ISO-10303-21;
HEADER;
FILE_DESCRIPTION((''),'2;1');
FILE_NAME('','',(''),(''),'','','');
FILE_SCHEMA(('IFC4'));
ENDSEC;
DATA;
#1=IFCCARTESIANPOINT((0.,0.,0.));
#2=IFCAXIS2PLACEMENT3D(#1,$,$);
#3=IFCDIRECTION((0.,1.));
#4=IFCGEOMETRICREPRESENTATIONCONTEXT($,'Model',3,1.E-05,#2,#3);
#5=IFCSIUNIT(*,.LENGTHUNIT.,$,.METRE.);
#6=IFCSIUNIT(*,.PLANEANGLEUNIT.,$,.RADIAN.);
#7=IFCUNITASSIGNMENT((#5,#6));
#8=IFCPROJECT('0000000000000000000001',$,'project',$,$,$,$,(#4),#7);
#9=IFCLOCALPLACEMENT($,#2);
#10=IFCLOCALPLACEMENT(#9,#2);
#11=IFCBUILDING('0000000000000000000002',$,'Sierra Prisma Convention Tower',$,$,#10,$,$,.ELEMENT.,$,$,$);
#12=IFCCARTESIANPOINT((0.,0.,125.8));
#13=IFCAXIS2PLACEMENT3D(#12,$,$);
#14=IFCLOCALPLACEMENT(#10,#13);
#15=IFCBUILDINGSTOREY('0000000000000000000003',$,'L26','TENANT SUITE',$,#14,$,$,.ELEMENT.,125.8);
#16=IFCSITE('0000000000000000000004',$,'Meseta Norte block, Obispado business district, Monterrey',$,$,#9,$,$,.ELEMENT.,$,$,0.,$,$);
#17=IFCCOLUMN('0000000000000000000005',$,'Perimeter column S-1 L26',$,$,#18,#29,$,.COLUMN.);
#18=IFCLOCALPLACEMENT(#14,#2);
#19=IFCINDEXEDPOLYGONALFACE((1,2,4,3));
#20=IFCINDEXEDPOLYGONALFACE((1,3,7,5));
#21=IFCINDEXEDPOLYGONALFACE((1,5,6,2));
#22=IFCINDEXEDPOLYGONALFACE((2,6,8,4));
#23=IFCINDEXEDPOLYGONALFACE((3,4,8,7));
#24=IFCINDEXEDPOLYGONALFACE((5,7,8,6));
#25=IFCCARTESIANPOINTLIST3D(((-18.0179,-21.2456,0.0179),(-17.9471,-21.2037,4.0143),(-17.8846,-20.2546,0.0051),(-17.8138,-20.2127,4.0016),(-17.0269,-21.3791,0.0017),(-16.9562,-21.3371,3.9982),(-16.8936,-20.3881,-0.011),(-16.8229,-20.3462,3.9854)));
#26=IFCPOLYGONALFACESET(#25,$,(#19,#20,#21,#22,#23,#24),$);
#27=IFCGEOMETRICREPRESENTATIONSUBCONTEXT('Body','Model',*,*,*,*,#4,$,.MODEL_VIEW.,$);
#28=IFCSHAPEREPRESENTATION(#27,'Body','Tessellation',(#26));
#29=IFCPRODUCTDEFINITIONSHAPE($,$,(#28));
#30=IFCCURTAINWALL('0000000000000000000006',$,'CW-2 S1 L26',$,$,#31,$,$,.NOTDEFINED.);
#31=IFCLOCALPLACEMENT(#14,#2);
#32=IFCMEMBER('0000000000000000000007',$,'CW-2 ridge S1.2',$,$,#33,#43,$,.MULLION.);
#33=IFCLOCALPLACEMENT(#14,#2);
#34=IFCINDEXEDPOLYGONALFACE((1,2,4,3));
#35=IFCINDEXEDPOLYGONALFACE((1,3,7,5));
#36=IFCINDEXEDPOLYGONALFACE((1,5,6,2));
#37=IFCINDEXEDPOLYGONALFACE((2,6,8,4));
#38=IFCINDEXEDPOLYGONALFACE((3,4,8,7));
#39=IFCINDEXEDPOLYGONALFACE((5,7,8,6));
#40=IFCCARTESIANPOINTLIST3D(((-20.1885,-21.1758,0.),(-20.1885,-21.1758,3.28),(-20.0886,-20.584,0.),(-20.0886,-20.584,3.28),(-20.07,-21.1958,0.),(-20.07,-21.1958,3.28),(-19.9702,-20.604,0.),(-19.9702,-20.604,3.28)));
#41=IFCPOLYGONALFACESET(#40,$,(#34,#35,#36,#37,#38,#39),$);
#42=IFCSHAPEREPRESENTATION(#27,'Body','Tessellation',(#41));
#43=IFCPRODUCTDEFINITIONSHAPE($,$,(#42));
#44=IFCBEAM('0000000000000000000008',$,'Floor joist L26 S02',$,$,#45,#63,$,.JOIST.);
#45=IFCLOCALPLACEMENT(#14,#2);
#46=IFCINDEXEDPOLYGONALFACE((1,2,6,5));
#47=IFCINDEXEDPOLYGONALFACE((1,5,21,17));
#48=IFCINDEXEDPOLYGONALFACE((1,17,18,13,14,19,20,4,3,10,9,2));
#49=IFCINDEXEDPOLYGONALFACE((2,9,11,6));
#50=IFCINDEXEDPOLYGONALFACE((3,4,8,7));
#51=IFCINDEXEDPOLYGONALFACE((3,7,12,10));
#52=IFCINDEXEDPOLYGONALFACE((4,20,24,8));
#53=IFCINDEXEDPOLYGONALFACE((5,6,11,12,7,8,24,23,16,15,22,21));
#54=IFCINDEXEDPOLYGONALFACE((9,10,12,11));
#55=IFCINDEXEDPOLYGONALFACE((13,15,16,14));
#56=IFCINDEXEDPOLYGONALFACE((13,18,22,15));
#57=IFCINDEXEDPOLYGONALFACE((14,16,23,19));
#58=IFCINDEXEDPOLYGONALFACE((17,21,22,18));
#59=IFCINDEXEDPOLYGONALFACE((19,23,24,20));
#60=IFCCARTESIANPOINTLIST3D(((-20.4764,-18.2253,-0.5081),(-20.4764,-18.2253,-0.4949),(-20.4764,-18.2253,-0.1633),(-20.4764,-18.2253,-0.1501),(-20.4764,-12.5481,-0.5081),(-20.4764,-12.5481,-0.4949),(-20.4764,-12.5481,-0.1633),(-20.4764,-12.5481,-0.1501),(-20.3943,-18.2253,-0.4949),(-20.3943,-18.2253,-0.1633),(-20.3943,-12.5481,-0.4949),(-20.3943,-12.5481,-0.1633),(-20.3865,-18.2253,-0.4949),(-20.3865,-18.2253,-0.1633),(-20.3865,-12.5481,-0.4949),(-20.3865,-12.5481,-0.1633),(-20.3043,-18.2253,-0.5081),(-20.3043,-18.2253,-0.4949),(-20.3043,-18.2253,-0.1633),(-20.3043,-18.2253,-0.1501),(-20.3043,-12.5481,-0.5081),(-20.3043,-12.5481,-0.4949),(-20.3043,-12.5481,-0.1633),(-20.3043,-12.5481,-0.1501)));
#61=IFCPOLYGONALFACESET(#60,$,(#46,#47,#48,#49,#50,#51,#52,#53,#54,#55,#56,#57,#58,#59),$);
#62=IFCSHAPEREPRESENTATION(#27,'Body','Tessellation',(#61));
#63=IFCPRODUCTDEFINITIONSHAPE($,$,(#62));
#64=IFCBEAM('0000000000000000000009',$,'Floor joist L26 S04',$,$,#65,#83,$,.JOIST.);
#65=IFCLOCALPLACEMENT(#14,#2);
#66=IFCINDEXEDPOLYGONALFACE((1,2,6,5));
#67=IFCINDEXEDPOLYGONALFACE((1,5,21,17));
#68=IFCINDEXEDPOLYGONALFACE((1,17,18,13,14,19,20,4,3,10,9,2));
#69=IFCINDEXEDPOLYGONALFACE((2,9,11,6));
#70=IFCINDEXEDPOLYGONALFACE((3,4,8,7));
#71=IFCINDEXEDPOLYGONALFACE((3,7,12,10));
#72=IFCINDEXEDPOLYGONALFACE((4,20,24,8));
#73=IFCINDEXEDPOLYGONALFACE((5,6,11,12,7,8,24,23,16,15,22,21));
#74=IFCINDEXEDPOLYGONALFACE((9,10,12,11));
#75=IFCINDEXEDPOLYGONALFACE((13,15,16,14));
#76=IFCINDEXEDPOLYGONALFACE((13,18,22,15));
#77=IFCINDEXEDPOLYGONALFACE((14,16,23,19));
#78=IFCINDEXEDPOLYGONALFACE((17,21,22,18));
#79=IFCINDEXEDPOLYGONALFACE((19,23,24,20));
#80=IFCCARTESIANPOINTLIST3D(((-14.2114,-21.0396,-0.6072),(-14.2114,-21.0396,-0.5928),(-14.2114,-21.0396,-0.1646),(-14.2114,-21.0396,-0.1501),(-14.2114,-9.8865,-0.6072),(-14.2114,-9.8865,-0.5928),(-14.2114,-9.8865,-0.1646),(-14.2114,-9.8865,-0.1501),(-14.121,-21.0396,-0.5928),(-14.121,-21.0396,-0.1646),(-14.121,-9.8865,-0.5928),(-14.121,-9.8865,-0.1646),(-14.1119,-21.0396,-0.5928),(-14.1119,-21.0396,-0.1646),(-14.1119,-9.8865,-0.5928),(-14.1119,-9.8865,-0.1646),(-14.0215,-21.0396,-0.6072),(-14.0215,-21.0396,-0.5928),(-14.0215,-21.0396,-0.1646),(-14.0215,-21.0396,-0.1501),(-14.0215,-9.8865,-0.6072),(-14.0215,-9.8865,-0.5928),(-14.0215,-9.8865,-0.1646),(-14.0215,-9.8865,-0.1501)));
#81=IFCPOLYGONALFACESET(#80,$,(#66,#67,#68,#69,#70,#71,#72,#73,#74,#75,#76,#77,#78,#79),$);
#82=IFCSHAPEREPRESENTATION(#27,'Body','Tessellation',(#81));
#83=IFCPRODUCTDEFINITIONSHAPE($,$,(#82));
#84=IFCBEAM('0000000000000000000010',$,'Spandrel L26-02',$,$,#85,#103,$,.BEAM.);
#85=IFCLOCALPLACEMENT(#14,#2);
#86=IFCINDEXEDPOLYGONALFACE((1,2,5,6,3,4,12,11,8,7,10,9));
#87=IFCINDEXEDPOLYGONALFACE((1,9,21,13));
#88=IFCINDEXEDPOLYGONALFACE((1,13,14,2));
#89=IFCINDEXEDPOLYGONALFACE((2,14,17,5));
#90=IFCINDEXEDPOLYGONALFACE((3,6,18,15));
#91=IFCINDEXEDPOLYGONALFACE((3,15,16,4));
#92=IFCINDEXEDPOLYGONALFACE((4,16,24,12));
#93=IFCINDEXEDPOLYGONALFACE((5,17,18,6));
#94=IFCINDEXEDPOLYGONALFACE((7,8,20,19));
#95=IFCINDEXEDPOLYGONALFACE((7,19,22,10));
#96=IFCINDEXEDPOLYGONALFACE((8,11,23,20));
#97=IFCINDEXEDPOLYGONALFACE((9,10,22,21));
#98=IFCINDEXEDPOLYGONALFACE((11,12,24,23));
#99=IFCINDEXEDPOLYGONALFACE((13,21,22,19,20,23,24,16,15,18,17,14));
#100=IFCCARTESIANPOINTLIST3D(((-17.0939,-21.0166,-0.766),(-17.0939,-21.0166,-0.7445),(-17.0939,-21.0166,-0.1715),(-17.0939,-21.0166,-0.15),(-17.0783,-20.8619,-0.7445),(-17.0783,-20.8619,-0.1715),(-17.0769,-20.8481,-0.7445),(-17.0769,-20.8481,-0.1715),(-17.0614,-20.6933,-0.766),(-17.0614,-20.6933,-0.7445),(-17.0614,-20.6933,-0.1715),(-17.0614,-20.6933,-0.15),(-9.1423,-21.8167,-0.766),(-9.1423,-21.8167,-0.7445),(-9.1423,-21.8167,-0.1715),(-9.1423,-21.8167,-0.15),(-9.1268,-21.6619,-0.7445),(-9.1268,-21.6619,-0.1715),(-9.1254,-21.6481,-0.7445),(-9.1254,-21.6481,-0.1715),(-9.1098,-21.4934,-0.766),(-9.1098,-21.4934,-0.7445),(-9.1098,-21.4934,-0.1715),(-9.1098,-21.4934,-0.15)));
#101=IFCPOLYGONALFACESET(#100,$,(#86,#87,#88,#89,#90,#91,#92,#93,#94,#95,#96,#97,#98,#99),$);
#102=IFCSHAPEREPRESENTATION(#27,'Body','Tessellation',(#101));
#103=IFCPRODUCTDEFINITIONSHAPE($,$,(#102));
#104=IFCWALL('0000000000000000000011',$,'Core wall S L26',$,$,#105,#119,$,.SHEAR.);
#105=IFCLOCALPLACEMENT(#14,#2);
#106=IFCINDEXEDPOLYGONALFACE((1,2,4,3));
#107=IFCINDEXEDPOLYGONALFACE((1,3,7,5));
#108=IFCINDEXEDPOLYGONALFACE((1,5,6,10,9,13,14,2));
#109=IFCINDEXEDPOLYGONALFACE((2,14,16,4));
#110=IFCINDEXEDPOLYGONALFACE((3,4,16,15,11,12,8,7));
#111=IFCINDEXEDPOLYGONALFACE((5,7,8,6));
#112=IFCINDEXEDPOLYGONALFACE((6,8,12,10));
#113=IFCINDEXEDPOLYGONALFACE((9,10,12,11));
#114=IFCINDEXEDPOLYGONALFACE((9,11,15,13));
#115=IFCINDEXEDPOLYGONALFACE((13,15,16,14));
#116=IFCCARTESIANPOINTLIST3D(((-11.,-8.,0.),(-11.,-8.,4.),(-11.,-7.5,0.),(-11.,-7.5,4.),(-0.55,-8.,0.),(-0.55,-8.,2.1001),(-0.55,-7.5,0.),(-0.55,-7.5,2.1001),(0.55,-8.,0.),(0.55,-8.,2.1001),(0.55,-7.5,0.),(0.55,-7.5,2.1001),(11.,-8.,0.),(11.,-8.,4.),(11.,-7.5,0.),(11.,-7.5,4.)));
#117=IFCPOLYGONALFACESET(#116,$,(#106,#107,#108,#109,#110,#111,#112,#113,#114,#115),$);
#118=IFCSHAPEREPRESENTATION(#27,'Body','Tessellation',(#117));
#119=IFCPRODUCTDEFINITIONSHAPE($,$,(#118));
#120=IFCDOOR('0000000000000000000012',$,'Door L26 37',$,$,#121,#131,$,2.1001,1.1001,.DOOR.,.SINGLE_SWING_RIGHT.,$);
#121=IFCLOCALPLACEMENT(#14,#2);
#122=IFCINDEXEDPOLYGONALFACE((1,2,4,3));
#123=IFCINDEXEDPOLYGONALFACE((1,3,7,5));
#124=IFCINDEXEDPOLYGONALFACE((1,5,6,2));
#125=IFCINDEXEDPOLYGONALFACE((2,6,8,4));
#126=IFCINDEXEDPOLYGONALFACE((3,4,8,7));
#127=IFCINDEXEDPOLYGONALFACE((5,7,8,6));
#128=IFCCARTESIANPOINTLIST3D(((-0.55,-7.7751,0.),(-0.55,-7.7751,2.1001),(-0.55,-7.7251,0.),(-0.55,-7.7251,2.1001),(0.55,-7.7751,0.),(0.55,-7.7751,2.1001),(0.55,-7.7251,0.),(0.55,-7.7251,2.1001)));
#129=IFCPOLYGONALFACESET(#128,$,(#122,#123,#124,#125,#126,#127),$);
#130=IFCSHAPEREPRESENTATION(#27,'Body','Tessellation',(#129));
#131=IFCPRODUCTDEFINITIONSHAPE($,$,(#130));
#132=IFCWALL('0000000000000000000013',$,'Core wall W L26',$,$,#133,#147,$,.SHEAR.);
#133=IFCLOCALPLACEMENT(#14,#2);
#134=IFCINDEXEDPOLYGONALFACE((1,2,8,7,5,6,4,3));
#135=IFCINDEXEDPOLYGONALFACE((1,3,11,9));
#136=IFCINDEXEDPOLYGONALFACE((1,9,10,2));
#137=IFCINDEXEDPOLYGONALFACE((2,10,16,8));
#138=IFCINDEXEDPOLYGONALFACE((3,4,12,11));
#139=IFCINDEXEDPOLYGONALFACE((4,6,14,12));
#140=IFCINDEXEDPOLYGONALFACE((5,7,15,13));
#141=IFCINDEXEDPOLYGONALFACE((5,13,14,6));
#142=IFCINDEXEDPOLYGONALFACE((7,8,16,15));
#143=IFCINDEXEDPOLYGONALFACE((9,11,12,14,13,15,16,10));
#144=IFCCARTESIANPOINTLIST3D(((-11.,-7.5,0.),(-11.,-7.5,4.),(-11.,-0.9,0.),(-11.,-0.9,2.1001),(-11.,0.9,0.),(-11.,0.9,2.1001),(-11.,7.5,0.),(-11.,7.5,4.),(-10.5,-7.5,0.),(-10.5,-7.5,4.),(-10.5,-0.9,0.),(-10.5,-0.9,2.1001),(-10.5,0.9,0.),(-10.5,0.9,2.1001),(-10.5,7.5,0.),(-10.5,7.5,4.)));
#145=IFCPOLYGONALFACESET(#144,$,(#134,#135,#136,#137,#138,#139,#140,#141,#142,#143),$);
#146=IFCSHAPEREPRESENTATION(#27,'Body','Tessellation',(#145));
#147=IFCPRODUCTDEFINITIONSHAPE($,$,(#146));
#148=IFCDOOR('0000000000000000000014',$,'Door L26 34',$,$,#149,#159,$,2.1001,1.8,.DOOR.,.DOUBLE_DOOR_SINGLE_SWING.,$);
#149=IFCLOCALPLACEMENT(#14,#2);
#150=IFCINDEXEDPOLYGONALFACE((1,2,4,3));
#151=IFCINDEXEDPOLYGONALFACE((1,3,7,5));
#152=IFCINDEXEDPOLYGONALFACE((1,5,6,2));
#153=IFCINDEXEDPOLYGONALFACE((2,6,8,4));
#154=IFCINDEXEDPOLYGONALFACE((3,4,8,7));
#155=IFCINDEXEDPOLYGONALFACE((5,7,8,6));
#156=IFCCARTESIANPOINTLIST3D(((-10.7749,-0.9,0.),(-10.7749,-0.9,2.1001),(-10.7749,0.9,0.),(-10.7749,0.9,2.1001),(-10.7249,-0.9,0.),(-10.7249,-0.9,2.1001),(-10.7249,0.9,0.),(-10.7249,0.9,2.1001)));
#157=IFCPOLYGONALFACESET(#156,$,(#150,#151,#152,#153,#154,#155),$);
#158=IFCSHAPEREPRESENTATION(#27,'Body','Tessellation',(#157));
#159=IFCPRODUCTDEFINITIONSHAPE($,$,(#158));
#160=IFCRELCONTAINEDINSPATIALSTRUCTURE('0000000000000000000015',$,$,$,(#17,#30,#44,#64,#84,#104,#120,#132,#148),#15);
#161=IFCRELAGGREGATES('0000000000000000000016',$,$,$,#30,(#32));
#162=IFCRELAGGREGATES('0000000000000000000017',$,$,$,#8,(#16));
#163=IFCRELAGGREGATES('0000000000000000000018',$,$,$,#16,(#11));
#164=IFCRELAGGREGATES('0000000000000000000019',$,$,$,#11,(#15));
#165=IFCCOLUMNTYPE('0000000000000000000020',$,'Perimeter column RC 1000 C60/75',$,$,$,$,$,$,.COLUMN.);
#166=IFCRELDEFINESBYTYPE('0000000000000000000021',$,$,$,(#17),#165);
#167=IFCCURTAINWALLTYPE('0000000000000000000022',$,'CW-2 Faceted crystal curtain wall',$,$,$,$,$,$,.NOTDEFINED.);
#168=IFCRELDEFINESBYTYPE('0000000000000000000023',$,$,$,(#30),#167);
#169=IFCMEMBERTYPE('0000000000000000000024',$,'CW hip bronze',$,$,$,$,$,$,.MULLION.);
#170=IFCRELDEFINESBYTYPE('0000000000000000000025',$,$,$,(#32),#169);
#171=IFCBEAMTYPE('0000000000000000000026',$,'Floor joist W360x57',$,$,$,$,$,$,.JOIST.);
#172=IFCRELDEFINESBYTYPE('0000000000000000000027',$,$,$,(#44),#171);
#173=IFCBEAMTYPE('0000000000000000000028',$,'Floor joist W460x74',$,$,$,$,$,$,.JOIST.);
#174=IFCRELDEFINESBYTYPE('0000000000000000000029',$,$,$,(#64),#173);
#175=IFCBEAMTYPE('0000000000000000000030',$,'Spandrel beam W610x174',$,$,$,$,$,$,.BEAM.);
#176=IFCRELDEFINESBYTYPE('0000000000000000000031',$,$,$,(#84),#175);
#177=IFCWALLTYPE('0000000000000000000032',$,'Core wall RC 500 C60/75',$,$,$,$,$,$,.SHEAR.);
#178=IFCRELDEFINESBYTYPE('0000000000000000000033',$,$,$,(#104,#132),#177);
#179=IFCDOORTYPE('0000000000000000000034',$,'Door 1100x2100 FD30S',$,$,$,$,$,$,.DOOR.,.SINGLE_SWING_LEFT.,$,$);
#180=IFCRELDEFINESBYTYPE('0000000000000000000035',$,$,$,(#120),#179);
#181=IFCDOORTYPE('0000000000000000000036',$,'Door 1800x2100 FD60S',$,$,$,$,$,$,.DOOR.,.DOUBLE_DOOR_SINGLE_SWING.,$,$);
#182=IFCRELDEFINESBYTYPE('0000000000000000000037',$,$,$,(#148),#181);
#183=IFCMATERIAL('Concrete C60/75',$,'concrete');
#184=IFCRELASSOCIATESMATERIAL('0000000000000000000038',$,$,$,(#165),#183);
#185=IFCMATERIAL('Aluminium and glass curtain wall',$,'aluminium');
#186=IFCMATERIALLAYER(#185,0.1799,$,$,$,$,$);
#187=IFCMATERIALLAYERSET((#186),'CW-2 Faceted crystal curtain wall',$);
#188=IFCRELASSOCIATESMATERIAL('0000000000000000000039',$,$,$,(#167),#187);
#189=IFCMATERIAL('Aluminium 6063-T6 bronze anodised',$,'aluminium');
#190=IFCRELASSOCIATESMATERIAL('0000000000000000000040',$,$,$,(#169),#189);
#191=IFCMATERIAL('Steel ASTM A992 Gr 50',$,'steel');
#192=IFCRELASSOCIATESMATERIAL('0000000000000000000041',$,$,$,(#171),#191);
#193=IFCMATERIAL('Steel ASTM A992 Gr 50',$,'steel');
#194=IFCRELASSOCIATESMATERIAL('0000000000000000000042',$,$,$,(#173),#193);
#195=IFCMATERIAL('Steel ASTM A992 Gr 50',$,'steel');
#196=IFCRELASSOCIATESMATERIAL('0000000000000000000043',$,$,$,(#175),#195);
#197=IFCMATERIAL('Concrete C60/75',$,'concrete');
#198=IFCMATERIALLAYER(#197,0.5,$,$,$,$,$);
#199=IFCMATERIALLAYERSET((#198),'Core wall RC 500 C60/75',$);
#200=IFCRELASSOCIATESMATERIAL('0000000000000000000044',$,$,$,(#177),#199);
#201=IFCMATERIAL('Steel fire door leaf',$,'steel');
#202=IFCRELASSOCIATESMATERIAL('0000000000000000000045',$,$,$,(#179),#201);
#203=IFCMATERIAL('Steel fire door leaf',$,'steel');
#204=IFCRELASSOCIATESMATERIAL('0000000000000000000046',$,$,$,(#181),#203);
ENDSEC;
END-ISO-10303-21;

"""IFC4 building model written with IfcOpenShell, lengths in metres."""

from ifc_helpers import new_model, si_unit, direction, frame, frame_2d, origin, origin_2d, place, context, subcontext, project, spatial, rectangle, i_section, extrude, clip, halfspace, material, layer, layer_set, material_profile, profile_set, type_object, element, fill, aggregate, save


model = new_model("IFC4")

# Units and contexts
model_context = context("Model", 3, precision=1e-05, world=origin(), true_north=direction((0.0, 1.0)))
body_context = subcontext(model_context, "Body", "Model", "MODEL_VIEW")
ifc_project = project(units=[si_unit("LENGTHUNIT", "METRE"), si_unit("PLANEANGLEUNIT", "RADIAN")], contexts=[model_context])

# Site, building, storey
site_placement = place(None, origin())
site = spatial("IfcSite", under=ifc_project, at=site_placement, Name="Meseta Norte block, Obispado business district, Monterrey", CompositionType="ELEMENT", RefElevation=0.0)
building_placement = place(site_placement, origin())
building = spatial("IfcBuilding", under=site, at=building_placement, Name="Sierra Prisma Convention Tower", CompositionType="ELEMENT")
storey_placement = place(building_placement, frame((0.0, 0.0, 125.8)))
storey = spatial("IfcBuildingStorey", under=building, at=storey_placement, Name="L26", Description="TENANT SUITE", CompositionType="ELEMENT", Elevation=125.8)

# Column
ifc_material_1 = material(Name="Concrete C60/75", Category="concrete")
ifc_material_profile_1 = material_profile(ifc_material_1, rectangle(XDim=1.0, YDim=1.0, at=origin_2d()), Name="Perimeter column RC 1000 C60/75")
ifc_profile_set_1 = profile_set([ifc_material_profile_1], Name="Concrete C60/75")
column_type = type_object("IfcColumnType", Name="Perimeter column RC 1000 C60/75", PredefinedType="COLUMN", material=ifc_profile_set_1)
column_placement = place(storey_placement, frame((-17.4558, -20.8169, 0.0), z_axis=(0.017696, 0.010496, 0.999788), x_axis=(-0.990918, 0.133494, 0.016138)))
element("IfcColumn", 1, at=column_placement, inside=storey, type_object=column_type, Name="Perimeter column S-1 L26", PredefinedType="COLUMN", context=body_context, shape_type="SweptSolid", body=[
    clip(extrude(rectangle(XDim=1.0, YDim=1.0, at=origin_2d()), origin(), (0.0, 0.0, 1.0), 4.0007), halfspace(frame((0.0, 0.0, 0.0034)), True)),
])

# Curtain wall, member
ifc_material_2 = material(Name="Aluminium and glass curtain wall", Category="aluminium")
ifc_layer_1 = layer(ifc_material_2, 0.1799)
ifc_layer_set_1 = layer_set([ifc_layer_1], Name="CW-2 Faceted crystal curtain wall")
curtain_wall_type = type_object("IfcCurtainWallType", Name="CW-2 Faceted crystal curtain wall", PredefinedType="NOTDEFINED", material=ifc_layer_set_1)
curtain_wall_placement = place(storey_placement, origin())
curtain_wall = element("IfcCurtainWall", 2, at=curtain_wall_placement, inside=storey, type_object=curtain_wall_type, Name="CW-2 S1 L26", PredefinedType="NOTDEFINED")
ifc_material_3 = material(Name="Aluminium 6063-T6 bronze anodised", Category="aluminium")
ifc_material_profile_2 = material_profile(ifc_material_3, rectangle(XDim=0.1201, YDim=0.6001, at=origin_2d()), Name="ALU RIDGE BLADE 120x600")
ifc_profile_set_2 = profile_set([ifc_material_profile_2], Name="Aluminium 6063-T6 bronze anodised")
member_type = type_object("IfcMemberType", Name="CW hip bronze", PredefinedType="MULLION", material=ifc_profile_set_2)
member_placement = place(storey_placement, frame((-20.0793, -20.8899, 0.0), z_axis=(0.0, 0.0, 1.0), x_axis=(0.986064, -0.166366, 0.0)))
member = element("IfcMember", 3, at=member_placement, type_object=member_type, Name="CW-2 ridge S1.2", PredefinedType="MULLION", context=body_context, shape_type="SweptSolid", body=[
    extrude(rectangle(XDim=0.1201, YDim=0.6001, at=origin_2d()), origin(), (0.0, 0.0, 1.0), 3.28),
])
aggregate(curtain_wall, [member])

# Beams
ifc_material_4 = material(Name="Steel ASTM A992 Gr 50", Category="steel")
ifc_material_profile_3 = material_profile(ifc_material_4, i_section(OverallWidth=0.1721, OverallDepth=0.3579, WebThickness=0.0078, FlangeThickness=0.0132, at=origin_2d()), Name="W360x57")
ifc_profile_set_3 = profile_set([ifc_material_profile_3], Name="Steel ASTM A992 Gr 50")
beam_type_1 = type_object("IfcBeamType", Name="Floor joist W360x57", PredefinedType="JOIST", material=ifc_profile_set_3)
beam_1_placement = place(storey_placement, frame((-20.3904, -18.2253, -0.3291), z_axis=(0.0, 1.0, 0.0), x_axis=(-1.0, 0.0, 0.0)))
element("IfcBeam", 4, at=beam_1_placement, inside=storey, type_object=beam_type_1, Name="Floor joist L26 S02", PredefinedType="JOIST", context=body_context, shape_type="SweptSolid", body=[
    extrude(i_section(OverallWidth=0.1721, OverallDepth=0.3579, WebThickness=0.0078, FlangeThickness=0.0132, at=origin_2d()), origin(), (0.0, 0.0, 1.0), 5.6772),
])
ifc_material_5 = material(Name="Steel ASTM A992 Gr 50", Category="steel")
ifc_material_profile_4 = material_profile(ifc_material_5, i_section(OverallWidth=0.1899, OverallDepth=0.457, WebThickness=0.009, FlangeThickness=0.0144, at=origin_2d()), Name="W460x74")
ifc_profile_set_4 = profile_set([ifc_material_profile_4], Name="Steel ASTM A992 Gr 50")
beam_type_2 = type_object("IfcBeamType", Name="Floor joist W460x74", PredefinedType="JOIST", material=ifc_profile_set_4)
beam_2_placement = place(storey_placement, frame((-14.1165, -21.0396, -0.3787), z_axis=(0.0, 1.0, 0.0), x_axis=(-1.0, 0.0, 0.0)))
element("IfcBeam", 5, at=beam_2_placement, inside=storey, type_object=beam_type_2, Name="Floor joist L26 S04", PredefinedType="JOIST", context=body_context, shape_type="SweptSolid", body=[
    extrude(i_section(OverallWidth=0.1899, OverallDepth=0.457, WebThickness=0.009, FlangeThickness=0.0144, at=origin_2d()), origin(), (0.0, 0.0, 1.0), 11.1531),
])
ifc_material_6 = material(Name="Steel ASTM A992 Gr 50", Category="steel")
ifc_material_profile_5 = material_profile(ifc_material_6, i_section(OverallWidth=0.325, OverallDepth=0.616, WebThickness=0.0139, FlangeThickness=0.0215, at=origin_2d()), Name="W610x174")
ifc_profile_set_5 = profile_set([ifc_material_profile_5], Name="Steel ASTM A992 Gr 50")
beam_type_3 = type_object("IfcBeamType", Name="Spandrel beam W610x174", PredefinedType="BEAM", material=ifc_profile_set_5)
beam_3_placement = place(storey_placement, frame((-17.0776, -20.855, -0.458), z_axis=(0.994977, -0.100109, 0.0), x_axis=(0.100109, 0.994977, 0.0)))
element("IfcBeam", 6, at=beam_3_placement, inside=storey, type_object=beam_type_3, Name="Spandrel L26-02", PredefinedType="BEAM", context=body_context, shape_type="SweptSolid", body=[
    extrude(i_section(OverallWidth=0.325, OverallDepth=0.616, WebThickness=0.0139, FlangeThickness=0.0215, at=origin_2d()), origin(), (0.0, 0.0, 1.0), 7.9917),
])

# Walls, openings, doors
ifc_material_7 = material(Name="Concrete C60/75", Category="concrete")
ifc_layer_2 = layer(ifc_material_7, 0.5)
ifc_layer_set_2 = layer_set([ifc_layer_2], Name="Core wall RC 500 C60/75")
wall_type_1 = type_object("IfcWallType", Name="Core wall RC 500 C60/75", PredefinedType="SHEAR", material=ifc_layer_set_2)
wall_1_placement = place(storey_placement, frame((-11.0, -7.75, 0.0), z_axis=(0.0, 0.0, 1.0), x_axis=(1.0, 0.0, 0.0)))
wall_1 = element("IfcWall", 7, at=wall_1_placement, inside=storey, type_object=wall_type_1, Name="Core wall S L26", PredefinedType="SHEAR", context=body_context, shape_type="SweptSolid", body=[
    extrude(rectangle(XDim=22.0, YDim=0.5, at=frame_2d((11.0, 0.0))), origin(), (0.0, 0.0, 1.0), 4.0),
])
opening_1_placement = place(wall_1_placement, frame((10.45, 0.0, 0.0)))
opening_1 = element("IfcOpeningElement", 8, at=opening_1_placement, cuts=wall_1, PredefinedType="OPENING", context=body_context, shape_type="SweptSolid", body=[
    extrude(rectangle(XDim=1.1001, YDim=2.1001, at=frame_2d((0.55, 1.05))), frame((0.0, 0.25, 0.0), z_axis=(0.0, -1.0, 0.0), x_axis=(1.0, 0.0, 0.0)), (0.0, 0.0, 1.0), 0.5),
])
ifc_material_8 = material(Name="Steel fire door leaf", Category="steel")
door_type_1 = type_object("IfcDoorType", Name="Door 1100x2100 FD30S", OperationType="SINGLE_SWING_LEFT", PredefinedType="DOOR", material=ifc_material_8)
door_1_placement = place(opening_1_placement, origin())
door_1 = element("IfcDoor", 9, at=door_1_placement, inside=storey, type_object=door_type_1, Name="Door L26 37", OperationType="SINGLE_SWING_RIGHT", OverallHeight=2.1001, OverallWidth=1.1001, PredefinedType="DOOR", context=body_context, shape_type="SweptSolid", body=[
    extrude(rectangle(XDim=1.1001, YDim=2.1001, at=frame_2d((0.55, 1.05))), frame((0.0, 0.0249, 0.0), z_axis=(0.0, -1.0, 0.0), x_axis=(1.0, 0.0, 0.0)), (0.0, 0.0, 1.0), 0.05),
])
fill(opening_1, door_1)
wall_2_placement = place(storey_placement, frame((-10.75, -7.5, 0.0), z_axis=(0.0, 0.0, 1.0), x_axis=(0.0, 1.0, 0.0)))
wall_2 = element("IfcWall", 10, at=wall_2_placement, inside=storey, type_object=wall_type_1, Name="Core wall W L26", PredefinedType="SHEAR", context=body_context, shape_type="SweptSolid", body=[
    extrude(rectangle(XDim=15.0, YDim=0.5, at=frame_2d((7.5, 0.0))), origin(), (0.0, 0.0, 1.0), 4.0),
])
opening_2_placement = place(wall_2_placement, frame((6.6001, 0.0, 0.0)))
opening_2 = element("IfcOpeningElement", 11, at=opening_2_placement, cuts=wall_2, PredefinedType="OPENING", context=body_context, shape_type="SweptSolid", body=[
    extrude(rectangle(XDim=1.8, YDim=2.1001, at=frame_2d((0.8999, 1.05))), frame((0.0, 0.25, 0.0), z_axis=(0.0, -1.0, 0.0), x_axis=(1.0, 0.0, 0.0)), (0.0, 0.0, 1.0), 0.5),
])
ifc_material_9 = material(Name="Steel fire door leaf", Category="steel")
door_type_2 = type_object("IfcDoorType", Name="Door 1800x2100 FD60S", OperationType="DOUBLE_DOOR_SINGLE_SWING", PredefinedType="DOOR", material=ifc_material_9)
door_2_placement = place(opening_2_placement, origin())
door_2 = element("IfcDoor", 12, at=door_2_placement, inside=storey, type_object=door_type_2, Name="Door L26 34", OperationType="DOUBLE_DOOR_SINGLE_SWING", OverallHeight=2.1001, OverallWidth=1.8, PredefinedType="DOOR", context=body_context, shape_type="SweptSolid", body=[
    extrude(rectangle(XDim=1.8, YDim=2.1001, at=frame_2d((0.8999, 1.05))), frame((0.0, 0.0249, 0.0), z_axis=(0.0, -1.0, 0.0), x_axis=(1.0, 0.0, 0.0)), (0.0, 0.0, 1.0), 0.05),
])
fill(opening_2, door_2)

save(model, "model.ifc")
